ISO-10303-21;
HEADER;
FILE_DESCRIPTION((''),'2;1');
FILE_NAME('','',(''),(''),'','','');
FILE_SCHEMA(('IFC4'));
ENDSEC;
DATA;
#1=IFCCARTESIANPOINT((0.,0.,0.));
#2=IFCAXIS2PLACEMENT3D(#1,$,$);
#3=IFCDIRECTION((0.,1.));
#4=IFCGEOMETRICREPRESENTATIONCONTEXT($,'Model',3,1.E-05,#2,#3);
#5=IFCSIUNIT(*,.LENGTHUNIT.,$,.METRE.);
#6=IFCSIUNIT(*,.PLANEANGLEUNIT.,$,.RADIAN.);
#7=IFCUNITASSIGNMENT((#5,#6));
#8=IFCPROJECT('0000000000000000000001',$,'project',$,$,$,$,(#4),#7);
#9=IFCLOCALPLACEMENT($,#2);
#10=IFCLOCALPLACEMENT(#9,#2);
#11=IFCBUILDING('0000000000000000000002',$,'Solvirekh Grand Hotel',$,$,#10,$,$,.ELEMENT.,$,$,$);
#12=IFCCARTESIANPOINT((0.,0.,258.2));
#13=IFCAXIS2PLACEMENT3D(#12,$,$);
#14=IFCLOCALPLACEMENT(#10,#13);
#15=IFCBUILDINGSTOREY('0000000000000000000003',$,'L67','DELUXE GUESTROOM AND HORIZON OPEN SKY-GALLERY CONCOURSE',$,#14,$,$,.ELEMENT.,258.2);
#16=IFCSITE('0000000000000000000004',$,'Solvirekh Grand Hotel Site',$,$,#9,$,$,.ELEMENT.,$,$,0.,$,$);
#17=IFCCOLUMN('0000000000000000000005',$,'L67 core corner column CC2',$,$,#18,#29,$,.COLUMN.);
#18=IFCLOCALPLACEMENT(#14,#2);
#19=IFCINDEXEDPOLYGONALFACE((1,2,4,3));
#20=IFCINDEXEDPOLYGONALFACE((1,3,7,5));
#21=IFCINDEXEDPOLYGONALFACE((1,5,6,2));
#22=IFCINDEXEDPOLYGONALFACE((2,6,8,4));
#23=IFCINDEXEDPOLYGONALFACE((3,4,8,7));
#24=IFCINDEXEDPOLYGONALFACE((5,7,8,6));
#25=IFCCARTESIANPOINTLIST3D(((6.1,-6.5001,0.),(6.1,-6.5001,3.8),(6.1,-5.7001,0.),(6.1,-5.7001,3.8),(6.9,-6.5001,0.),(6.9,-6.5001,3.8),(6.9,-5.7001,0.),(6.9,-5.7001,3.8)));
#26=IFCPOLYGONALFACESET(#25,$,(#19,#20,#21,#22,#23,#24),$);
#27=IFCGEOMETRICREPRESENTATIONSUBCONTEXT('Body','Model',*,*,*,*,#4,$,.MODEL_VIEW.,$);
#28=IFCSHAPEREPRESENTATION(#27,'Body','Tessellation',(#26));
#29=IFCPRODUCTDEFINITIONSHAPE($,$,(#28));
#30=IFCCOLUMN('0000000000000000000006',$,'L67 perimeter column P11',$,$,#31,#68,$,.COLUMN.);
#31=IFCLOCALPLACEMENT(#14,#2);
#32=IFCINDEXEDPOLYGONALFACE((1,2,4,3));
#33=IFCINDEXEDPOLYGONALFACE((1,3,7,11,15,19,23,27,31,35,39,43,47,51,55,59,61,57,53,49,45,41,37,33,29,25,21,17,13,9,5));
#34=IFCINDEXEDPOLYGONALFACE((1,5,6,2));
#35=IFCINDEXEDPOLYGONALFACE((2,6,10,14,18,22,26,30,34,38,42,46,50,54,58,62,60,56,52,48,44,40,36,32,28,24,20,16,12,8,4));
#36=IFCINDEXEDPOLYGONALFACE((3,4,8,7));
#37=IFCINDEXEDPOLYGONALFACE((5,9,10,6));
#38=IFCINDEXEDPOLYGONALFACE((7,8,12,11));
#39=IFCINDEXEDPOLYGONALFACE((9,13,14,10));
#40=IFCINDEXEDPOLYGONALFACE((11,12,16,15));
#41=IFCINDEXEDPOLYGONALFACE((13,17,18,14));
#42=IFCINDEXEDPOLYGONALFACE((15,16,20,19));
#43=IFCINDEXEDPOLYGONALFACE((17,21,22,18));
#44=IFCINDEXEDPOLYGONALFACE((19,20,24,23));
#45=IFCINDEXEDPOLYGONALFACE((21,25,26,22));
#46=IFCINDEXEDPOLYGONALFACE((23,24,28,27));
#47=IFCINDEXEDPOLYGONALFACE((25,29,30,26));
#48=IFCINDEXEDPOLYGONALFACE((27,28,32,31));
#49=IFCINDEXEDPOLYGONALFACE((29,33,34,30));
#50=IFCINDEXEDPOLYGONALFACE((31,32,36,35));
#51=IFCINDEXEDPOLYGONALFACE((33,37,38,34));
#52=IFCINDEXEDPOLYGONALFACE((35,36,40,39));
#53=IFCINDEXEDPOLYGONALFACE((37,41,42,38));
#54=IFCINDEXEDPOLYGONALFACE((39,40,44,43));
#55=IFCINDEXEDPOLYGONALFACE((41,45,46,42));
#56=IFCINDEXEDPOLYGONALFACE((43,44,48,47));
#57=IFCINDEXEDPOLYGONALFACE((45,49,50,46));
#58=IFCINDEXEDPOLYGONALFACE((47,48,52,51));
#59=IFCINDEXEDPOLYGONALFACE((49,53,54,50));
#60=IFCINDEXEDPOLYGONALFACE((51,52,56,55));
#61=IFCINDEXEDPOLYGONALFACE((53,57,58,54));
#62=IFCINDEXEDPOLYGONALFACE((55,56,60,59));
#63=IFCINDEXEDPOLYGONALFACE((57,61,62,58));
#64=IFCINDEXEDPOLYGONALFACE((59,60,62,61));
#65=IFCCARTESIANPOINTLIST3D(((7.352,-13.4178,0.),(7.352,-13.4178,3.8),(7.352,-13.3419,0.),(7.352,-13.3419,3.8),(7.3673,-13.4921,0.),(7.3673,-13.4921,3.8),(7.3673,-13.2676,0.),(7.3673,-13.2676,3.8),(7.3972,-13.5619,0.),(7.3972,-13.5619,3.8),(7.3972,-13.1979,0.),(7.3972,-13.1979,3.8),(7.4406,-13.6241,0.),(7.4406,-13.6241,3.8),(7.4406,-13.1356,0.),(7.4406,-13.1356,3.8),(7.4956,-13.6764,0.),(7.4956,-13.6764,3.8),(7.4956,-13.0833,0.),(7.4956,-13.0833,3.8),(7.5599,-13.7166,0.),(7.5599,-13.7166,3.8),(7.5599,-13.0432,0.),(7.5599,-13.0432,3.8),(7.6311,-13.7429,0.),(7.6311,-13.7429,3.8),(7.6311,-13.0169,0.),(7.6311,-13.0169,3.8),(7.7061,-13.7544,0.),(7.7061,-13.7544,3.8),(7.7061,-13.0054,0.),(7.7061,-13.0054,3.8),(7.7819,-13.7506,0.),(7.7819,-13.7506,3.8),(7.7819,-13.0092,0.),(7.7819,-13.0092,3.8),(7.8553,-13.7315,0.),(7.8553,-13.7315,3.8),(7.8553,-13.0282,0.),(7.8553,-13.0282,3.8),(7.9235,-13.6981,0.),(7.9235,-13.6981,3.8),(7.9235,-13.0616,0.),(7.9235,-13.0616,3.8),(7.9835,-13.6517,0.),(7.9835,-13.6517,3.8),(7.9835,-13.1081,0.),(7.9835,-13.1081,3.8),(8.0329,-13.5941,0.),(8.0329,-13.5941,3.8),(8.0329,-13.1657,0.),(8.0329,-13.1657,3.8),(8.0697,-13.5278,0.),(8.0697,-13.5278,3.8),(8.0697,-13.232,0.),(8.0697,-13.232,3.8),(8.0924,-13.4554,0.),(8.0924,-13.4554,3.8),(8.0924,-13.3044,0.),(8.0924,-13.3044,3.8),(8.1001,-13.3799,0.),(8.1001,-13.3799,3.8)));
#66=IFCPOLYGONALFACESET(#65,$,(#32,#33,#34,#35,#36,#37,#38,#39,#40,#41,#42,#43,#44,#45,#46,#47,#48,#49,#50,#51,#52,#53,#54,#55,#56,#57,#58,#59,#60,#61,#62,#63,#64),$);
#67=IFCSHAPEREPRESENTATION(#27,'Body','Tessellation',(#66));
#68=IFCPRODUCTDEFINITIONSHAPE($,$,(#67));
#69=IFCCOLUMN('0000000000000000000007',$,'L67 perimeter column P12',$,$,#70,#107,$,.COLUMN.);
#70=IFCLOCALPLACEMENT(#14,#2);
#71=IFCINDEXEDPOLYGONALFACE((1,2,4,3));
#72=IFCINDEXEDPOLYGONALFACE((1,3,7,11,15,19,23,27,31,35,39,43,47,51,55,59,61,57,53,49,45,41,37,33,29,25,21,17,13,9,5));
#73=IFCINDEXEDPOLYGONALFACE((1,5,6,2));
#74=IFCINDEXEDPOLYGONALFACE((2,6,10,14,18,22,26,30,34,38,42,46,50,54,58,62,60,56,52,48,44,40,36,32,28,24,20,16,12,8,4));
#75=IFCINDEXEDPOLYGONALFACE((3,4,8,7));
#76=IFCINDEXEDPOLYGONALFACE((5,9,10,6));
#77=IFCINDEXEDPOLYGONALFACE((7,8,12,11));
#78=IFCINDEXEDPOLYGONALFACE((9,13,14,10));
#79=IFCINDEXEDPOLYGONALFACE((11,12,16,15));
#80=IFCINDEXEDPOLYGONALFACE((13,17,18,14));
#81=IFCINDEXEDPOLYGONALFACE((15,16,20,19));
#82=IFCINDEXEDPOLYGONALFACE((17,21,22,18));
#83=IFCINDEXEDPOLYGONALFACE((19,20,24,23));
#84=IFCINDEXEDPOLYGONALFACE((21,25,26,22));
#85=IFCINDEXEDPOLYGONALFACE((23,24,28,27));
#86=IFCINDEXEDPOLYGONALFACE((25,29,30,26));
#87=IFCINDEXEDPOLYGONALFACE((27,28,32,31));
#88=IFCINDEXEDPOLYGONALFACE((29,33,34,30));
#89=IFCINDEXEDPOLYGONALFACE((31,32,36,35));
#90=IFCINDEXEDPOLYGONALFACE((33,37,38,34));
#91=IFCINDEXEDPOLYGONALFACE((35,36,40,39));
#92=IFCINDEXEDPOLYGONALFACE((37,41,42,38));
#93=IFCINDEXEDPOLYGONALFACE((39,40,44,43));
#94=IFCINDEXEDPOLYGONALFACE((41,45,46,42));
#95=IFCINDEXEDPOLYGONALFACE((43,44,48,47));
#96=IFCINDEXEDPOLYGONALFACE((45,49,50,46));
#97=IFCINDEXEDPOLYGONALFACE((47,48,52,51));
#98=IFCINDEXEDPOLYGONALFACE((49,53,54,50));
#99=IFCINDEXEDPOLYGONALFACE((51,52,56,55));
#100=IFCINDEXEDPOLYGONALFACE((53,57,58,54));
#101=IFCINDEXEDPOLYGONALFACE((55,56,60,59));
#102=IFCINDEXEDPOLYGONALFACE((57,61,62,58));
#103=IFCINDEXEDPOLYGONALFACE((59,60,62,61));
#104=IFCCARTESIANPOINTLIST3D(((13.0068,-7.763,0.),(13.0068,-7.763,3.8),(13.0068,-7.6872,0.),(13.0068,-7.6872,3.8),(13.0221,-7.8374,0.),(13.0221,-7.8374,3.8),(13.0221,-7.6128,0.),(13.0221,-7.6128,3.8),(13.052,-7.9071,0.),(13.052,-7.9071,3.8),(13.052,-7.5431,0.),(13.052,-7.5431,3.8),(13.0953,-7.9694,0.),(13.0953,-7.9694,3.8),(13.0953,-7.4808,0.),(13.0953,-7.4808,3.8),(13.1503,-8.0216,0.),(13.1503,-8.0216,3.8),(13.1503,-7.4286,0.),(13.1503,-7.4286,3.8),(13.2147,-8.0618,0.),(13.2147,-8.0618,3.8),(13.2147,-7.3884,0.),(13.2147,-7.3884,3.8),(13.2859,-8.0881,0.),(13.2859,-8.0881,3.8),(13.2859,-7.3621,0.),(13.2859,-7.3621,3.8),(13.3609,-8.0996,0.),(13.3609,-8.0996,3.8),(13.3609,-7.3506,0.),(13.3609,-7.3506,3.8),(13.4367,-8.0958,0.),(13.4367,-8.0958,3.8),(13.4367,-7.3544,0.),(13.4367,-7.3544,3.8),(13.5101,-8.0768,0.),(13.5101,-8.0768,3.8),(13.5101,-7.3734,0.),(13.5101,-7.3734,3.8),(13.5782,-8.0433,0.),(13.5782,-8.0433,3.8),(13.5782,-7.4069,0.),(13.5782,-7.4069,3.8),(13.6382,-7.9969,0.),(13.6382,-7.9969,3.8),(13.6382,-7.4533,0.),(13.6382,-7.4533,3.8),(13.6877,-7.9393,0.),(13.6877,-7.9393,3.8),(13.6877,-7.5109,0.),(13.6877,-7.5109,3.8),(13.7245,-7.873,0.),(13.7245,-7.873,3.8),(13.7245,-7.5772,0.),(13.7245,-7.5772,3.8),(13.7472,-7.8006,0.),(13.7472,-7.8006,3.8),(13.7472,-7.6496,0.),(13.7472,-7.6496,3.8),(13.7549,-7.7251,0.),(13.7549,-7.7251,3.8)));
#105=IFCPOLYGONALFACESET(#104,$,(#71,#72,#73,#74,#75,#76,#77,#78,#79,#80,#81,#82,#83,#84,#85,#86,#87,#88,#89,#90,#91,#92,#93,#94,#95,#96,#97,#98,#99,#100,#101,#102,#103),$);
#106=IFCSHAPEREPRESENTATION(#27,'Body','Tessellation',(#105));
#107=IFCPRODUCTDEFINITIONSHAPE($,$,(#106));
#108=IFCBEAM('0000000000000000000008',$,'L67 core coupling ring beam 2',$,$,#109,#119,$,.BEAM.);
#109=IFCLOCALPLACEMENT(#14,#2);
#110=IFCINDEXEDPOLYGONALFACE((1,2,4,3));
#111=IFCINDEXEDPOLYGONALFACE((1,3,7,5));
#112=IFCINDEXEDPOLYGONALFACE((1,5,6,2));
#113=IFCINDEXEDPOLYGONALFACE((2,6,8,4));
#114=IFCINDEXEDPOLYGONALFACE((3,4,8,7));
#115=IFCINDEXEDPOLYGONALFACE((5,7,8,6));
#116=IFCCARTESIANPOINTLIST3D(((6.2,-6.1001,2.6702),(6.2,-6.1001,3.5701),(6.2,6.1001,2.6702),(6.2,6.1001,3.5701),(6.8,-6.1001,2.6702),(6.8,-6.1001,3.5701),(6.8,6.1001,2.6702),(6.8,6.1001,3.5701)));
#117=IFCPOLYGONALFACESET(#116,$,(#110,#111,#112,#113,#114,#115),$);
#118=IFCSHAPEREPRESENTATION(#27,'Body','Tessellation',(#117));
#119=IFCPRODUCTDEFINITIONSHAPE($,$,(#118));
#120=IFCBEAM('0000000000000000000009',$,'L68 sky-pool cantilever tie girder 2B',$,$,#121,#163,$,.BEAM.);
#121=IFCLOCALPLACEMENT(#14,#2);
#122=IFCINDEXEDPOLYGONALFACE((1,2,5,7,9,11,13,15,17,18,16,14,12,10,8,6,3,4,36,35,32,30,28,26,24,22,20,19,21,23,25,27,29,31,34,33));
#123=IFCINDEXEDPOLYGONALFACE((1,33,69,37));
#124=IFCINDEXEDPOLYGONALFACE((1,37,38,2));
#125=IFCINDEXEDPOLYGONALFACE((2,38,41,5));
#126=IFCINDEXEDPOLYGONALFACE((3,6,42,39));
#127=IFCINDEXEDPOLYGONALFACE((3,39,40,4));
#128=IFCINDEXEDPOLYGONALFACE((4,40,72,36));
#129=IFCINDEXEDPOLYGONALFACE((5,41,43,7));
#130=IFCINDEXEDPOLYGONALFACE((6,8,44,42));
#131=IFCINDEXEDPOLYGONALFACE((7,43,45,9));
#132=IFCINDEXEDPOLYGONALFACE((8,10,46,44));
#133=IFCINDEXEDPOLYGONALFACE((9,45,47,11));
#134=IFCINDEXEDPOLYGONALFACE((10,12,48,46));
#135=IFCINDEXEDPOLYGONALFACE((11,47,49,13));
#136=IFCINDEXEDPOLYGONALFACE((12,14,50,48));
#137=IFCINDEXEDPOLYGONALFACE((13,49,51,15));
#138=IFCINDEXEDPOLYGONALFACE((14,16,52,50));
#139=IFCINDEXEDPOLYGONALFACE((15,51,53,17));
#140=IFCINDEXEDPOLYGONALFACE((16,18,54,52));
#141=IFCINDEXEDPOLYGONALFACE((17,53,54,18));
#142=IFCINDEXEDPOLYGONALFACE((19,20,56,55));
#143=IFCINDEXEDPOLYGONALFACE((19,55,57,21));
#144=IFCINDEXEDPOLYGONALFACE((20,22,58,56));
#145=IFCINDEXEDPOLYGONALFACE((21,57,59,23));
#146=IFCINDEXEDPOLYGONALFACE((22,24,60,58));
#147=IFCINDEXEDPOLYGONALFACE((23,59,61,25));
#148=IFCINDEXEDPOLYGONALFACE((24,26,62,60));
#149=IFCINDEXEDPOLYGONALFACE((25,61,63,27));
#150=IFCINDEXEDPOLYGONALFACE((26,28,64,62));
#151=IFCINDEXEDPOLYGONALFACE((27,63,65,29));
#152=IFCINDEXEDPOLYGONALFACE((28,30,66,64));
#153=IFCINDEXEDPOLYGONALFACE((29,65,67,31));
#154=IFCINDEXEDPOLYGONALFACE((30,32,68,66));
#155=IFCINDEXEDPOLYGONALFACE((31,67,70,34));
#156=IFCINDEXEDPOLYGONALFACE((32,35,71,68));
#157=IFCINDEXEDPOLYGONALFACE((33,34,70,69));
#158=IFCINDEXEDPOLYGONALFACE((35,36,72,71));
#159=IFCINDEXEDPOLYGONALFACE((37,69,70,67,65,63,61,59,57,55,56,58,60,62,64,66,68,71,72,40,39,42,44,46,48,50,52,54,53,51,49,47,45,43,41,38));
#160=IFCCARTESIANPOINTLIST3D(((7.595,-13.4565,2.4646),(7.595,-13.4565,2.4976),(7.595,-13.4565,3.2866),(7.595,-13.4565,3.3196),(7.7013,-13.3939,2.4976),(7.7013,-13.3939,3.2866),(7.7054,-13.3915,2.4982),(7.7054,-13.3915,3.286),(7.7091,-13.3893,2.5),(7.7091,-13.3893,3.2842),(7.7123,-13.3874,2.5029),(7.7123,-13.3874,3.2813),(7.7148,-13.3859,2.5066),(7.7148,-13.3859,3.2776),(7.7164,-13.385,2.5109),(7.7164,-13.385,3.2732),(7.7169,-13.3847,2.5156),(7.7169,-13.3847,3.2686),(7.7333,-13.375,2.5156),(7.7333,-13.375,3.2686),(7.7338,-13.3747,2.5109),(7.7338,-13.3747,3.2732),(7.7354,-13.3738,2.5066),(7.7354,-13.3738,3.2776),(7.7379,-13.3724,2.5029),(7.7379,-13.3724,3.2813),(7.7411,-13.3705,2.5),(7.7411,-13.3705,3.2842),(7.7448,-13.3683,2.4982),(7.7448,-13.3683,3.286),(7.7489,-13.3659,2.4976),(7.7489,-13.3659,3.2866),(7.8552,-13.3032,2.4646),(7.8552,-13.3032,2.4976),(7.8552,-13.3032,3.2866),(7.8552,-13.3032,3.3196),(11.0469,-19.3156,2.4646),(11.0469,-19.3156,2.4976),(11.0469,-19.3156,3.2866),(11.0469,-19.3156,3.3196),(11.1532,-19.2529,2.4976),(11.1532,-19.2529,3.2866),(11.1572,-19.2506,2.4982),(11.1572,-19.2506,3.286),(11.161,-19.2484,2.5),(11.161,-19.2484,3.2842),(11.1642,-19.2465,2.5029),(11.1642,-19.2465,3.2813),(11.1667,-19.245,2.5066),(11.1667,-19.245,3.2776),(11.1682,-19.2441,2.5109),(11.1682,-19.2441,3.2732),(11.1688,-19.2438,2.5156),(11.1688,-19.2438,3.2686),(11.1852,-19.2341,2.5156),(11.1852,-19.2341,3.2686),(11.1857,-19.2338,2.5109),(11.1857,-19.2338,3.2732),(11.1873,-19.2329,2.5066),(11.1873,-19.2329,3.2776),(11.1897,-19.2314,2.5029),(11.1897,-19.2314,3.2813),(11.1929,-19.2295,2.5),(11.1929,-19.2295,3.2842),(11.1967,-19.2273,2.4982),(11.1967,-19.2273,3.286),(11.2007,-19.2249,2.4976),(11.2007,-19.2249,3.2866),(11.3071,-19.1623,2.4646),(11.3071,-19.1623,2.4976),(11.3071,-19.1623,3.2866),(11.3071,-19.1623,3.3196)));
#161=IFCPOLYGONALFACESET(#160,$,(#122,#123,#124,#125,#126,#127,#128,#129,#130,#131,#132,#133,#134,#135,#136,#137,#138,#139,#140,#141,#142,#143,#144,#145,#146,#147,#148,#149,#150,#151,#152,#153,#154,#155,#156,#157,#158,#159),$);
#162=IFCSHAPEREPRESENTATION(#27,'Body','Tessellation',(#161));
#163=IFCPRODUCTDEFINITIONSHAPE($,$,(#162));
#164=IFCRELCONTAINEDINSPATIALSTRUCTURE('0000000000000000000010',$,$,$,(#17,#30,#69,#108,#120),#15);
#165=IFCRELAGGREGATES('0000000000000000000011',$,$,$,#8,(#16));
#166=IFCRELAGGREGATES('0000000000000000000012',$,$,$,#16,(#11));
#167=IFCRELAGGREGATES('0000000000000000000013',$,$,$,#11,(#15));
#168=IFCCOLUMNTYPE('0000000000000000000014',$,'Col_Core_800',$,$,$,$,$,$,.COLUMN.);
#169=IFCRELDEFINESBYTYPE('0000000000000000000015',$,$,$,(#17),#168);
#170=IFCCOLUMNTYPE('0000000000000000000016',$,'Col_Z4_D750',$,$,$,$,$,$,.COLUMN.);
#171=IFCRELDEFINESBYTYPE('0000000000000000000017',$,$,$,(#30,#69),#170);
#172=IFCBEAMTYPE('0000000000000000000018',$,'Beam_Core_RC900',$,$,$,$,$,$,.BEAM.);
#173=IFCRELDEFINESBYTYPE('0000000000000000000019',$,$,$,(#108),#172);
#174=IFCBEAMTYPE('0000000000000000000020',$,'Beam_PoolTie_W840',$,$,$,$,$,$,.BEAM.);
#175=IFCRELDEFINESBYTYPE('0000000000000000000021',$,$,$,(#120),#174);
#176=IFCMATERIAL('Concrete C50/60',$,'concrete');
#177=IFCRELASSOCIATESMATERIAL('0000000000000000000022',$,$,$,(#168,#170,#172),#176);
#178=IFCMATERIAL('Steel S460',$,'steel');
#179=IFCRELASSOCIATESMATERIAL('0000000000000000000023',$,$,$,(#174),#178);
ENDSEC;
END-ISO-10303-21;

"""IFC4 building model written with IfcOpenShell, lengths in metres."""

from ifc_helpers import new_model, si_unit, direction, frame, origin, origin_2d, place, context, subcontext, project, spatial, rectangle, circle, i_section, extrude, material, material_profile, profile_set, type_object, element, save


model = new_model("IFC4")

# Units and contexts
model_context = context("Model", 3, precision=1e-05, world=origin(), true_north=direction((0.0, 1.0)))
body_context = subcontext(model_context, "Body", "Model", "MODEL_VIEW")
ifc_project = project(units=[si_unit("LENGTHUNIT", "METRE"), si_unit("PLANEANGLEUNIT", "RADIAN")], contexts=[model_context])

# Site, building, storey
site_placement = place(None, origin())
site = spatial("IfcSite", under=ifc_project, at=site_placement, Name="Solvirekh Grand Hotel Site", CompositionType="ELEMENT", RefElevation=0.0)
building_placement = place(site_placement, origin())
building = spatial("IfcBuilding", under=site, at=building_placement, Name="Solvirekh Grand Hotel", CompositionType="ELEMENT")
storey_placement = place(building_placement, frame((0.0, 0.0, 258.2)))
storey = spatial("IfcBuildingStorey", under=building, at=storey_placement, Name="L67", Description="DELUXE GUESTROOM AND HORIZON OPEN SKY-GALLERY CONCOURSE", CompositionType="ELEMENT", Elevation=258.2)

# Columns
ifc_material_1 = material(Name="Concrete C50/60", Category="concrete")
ifc_material_profile_1 = material_profile(ifc_material_1, rectangle(XDim=0.8, YDim=0.8, at=origin_2d()), Name="RC 800X800")
ifc_profile_set_1 = profile_set([ifc_material_profile_1], Name="Concrete C50/60")
column_type_1 = type_object("IfcColumnType", Name="Col_Core_800", PredefinedType="COLUMN", material=ifc_profile_set_1)
column_placement = place(storey_placement, frame((6.5, -6.1001, 0.0), z_axis=(0.0, 0.0, 1.0), x_axis=(1.0, 0.0, 0.0)))
element("IfcColumn", 1, at=column_placement, inside=storey, type_object=column_type_1, Name="L67 core corner column CC2", PredefinedType="COLUMN", context=body_context, shape_type="SweptSolid", body=[
    extrude(rectangle(XDim=0.8, YDim=0.8, at=origin_2d()), origin(), (0.0, 0.0, 1.0), 3.8),
])
ifc_material_profile_2 = material_profile(ifc_material_1, circle(Radius=0.375, at=origin_2d()), Name="RC CIRC D750")
ifc_profile_set_2 = profile_set([ifc_material_profile_2], Name="Concrete C50/60")
column_type_2 = type_object("IfcColumnType", Name="Col_Z4_D750", PredefinedType="COLUMN", material=ifc_profile_set_2)
for number, where, z_axis, x_axis, name in (
    (2, (7.7251, -13.3799, 0.0), (0.0, 0.0, 1.0), (1.0, 0.0, 0.0), "L67 perimeter column P11"),
    (3, (13.3799, -7.7251, 0.0), (0.0, 0.0, 1.0), (1.0, 0.0, 0.0), "L67 perimeter column P12"),
):
    element("IfcColumn", number, at=place(storey_placement, frame(where, z_axis=z_axis, x_axis=x_axis)), inside=storey, type_object=column_type_2, Name=name, PredefinedType="COLUMN", context=body_context, shape_type="SweptSolid", body=[
        extrude(circle(Radius=0.375, at=origin_2d()), origin(), (0.0, 0.0, 1.0), 3.8),
    ])

# Beams
ifc_material_profile_3 = material_profile(ifc_material_1, rectangle(XDim=0.6001, YDim=0.8999, at=origin_2d()), Name="RC BEAM 600X900")
ifc_profile_set_3 = profile_set([ifc_material_profile_3], Name="Concrete C50/60")
beam_type_1 = type_object("IfcBeamType", Name="Beam_Core_RC900", PredefinedType="BEAM", material=ifc_profile_set_3)
beam_1_placement = place(storey_placement, frame((6.5, -6.1001, 3.1201), z_axis=(0.0, 1.0, 0.0), x_axis=(-1.0, 0.0, 0.0)))
element("IfcBeam", 4, at=beam_1_placement, inside=storey, type_object=beam_type_1, Name="L67 core coupling ring beam 2", PredefinedType="BEAM", context=body_context, shape_type="SweptSolid", body=[
    extrude(rectangle(XDim=0.6001, YDim=0.8999, at=origin_2d()), origin(), (0.0, 0.0, 1.0), 12.2002),
])
ifc_material_2 = material(Name="Steel S460", Category="steel")
ifc_material_profile_4 = material_profile(ifc_material_2, i_section(OverallWidth=0.302, OverallDepth=0.855, WebThickness=0.019, FlangeThickness=0.033, FilletRadius=0.0181, at=origin_2d()), Name="W840X299")
ifc_profile_set_4 = profile_set([ifc_material_profile_4], Name="Steel S460")
beam_type_2 = type_object("IfcBeamType", Name="Beam_PoolTie_W840", PredefinedType="BEAM", material=ifc_profile_set_4)
beam_2_placement = place(storey_placement, frame((7.7251, -13.3799, 2.8921), z_axis=(0.507605, -0.86159, 0.0), x_axis=(0.86159, 0.507605, 0.0)))
element("IfcBeam", 5, at=beam_2_placement, inside=storey, type_object=beam_type_2, Name="L68 sky-pool cantilever tie girder 2B", PredefinedType="BEAM", context=body_context, shape_type="SweptSolid", body=[
    extrude(i_section(OverallWidth=0.302, OverallDepth=0.855, WebThickness=0.019, FlangeThickness=0.033, FilletRadius=0.0181, at=origin_2d()), origin(), (0.0, 0.0, 1.0), 6.8003),
])

save(model, "model.ifc")
